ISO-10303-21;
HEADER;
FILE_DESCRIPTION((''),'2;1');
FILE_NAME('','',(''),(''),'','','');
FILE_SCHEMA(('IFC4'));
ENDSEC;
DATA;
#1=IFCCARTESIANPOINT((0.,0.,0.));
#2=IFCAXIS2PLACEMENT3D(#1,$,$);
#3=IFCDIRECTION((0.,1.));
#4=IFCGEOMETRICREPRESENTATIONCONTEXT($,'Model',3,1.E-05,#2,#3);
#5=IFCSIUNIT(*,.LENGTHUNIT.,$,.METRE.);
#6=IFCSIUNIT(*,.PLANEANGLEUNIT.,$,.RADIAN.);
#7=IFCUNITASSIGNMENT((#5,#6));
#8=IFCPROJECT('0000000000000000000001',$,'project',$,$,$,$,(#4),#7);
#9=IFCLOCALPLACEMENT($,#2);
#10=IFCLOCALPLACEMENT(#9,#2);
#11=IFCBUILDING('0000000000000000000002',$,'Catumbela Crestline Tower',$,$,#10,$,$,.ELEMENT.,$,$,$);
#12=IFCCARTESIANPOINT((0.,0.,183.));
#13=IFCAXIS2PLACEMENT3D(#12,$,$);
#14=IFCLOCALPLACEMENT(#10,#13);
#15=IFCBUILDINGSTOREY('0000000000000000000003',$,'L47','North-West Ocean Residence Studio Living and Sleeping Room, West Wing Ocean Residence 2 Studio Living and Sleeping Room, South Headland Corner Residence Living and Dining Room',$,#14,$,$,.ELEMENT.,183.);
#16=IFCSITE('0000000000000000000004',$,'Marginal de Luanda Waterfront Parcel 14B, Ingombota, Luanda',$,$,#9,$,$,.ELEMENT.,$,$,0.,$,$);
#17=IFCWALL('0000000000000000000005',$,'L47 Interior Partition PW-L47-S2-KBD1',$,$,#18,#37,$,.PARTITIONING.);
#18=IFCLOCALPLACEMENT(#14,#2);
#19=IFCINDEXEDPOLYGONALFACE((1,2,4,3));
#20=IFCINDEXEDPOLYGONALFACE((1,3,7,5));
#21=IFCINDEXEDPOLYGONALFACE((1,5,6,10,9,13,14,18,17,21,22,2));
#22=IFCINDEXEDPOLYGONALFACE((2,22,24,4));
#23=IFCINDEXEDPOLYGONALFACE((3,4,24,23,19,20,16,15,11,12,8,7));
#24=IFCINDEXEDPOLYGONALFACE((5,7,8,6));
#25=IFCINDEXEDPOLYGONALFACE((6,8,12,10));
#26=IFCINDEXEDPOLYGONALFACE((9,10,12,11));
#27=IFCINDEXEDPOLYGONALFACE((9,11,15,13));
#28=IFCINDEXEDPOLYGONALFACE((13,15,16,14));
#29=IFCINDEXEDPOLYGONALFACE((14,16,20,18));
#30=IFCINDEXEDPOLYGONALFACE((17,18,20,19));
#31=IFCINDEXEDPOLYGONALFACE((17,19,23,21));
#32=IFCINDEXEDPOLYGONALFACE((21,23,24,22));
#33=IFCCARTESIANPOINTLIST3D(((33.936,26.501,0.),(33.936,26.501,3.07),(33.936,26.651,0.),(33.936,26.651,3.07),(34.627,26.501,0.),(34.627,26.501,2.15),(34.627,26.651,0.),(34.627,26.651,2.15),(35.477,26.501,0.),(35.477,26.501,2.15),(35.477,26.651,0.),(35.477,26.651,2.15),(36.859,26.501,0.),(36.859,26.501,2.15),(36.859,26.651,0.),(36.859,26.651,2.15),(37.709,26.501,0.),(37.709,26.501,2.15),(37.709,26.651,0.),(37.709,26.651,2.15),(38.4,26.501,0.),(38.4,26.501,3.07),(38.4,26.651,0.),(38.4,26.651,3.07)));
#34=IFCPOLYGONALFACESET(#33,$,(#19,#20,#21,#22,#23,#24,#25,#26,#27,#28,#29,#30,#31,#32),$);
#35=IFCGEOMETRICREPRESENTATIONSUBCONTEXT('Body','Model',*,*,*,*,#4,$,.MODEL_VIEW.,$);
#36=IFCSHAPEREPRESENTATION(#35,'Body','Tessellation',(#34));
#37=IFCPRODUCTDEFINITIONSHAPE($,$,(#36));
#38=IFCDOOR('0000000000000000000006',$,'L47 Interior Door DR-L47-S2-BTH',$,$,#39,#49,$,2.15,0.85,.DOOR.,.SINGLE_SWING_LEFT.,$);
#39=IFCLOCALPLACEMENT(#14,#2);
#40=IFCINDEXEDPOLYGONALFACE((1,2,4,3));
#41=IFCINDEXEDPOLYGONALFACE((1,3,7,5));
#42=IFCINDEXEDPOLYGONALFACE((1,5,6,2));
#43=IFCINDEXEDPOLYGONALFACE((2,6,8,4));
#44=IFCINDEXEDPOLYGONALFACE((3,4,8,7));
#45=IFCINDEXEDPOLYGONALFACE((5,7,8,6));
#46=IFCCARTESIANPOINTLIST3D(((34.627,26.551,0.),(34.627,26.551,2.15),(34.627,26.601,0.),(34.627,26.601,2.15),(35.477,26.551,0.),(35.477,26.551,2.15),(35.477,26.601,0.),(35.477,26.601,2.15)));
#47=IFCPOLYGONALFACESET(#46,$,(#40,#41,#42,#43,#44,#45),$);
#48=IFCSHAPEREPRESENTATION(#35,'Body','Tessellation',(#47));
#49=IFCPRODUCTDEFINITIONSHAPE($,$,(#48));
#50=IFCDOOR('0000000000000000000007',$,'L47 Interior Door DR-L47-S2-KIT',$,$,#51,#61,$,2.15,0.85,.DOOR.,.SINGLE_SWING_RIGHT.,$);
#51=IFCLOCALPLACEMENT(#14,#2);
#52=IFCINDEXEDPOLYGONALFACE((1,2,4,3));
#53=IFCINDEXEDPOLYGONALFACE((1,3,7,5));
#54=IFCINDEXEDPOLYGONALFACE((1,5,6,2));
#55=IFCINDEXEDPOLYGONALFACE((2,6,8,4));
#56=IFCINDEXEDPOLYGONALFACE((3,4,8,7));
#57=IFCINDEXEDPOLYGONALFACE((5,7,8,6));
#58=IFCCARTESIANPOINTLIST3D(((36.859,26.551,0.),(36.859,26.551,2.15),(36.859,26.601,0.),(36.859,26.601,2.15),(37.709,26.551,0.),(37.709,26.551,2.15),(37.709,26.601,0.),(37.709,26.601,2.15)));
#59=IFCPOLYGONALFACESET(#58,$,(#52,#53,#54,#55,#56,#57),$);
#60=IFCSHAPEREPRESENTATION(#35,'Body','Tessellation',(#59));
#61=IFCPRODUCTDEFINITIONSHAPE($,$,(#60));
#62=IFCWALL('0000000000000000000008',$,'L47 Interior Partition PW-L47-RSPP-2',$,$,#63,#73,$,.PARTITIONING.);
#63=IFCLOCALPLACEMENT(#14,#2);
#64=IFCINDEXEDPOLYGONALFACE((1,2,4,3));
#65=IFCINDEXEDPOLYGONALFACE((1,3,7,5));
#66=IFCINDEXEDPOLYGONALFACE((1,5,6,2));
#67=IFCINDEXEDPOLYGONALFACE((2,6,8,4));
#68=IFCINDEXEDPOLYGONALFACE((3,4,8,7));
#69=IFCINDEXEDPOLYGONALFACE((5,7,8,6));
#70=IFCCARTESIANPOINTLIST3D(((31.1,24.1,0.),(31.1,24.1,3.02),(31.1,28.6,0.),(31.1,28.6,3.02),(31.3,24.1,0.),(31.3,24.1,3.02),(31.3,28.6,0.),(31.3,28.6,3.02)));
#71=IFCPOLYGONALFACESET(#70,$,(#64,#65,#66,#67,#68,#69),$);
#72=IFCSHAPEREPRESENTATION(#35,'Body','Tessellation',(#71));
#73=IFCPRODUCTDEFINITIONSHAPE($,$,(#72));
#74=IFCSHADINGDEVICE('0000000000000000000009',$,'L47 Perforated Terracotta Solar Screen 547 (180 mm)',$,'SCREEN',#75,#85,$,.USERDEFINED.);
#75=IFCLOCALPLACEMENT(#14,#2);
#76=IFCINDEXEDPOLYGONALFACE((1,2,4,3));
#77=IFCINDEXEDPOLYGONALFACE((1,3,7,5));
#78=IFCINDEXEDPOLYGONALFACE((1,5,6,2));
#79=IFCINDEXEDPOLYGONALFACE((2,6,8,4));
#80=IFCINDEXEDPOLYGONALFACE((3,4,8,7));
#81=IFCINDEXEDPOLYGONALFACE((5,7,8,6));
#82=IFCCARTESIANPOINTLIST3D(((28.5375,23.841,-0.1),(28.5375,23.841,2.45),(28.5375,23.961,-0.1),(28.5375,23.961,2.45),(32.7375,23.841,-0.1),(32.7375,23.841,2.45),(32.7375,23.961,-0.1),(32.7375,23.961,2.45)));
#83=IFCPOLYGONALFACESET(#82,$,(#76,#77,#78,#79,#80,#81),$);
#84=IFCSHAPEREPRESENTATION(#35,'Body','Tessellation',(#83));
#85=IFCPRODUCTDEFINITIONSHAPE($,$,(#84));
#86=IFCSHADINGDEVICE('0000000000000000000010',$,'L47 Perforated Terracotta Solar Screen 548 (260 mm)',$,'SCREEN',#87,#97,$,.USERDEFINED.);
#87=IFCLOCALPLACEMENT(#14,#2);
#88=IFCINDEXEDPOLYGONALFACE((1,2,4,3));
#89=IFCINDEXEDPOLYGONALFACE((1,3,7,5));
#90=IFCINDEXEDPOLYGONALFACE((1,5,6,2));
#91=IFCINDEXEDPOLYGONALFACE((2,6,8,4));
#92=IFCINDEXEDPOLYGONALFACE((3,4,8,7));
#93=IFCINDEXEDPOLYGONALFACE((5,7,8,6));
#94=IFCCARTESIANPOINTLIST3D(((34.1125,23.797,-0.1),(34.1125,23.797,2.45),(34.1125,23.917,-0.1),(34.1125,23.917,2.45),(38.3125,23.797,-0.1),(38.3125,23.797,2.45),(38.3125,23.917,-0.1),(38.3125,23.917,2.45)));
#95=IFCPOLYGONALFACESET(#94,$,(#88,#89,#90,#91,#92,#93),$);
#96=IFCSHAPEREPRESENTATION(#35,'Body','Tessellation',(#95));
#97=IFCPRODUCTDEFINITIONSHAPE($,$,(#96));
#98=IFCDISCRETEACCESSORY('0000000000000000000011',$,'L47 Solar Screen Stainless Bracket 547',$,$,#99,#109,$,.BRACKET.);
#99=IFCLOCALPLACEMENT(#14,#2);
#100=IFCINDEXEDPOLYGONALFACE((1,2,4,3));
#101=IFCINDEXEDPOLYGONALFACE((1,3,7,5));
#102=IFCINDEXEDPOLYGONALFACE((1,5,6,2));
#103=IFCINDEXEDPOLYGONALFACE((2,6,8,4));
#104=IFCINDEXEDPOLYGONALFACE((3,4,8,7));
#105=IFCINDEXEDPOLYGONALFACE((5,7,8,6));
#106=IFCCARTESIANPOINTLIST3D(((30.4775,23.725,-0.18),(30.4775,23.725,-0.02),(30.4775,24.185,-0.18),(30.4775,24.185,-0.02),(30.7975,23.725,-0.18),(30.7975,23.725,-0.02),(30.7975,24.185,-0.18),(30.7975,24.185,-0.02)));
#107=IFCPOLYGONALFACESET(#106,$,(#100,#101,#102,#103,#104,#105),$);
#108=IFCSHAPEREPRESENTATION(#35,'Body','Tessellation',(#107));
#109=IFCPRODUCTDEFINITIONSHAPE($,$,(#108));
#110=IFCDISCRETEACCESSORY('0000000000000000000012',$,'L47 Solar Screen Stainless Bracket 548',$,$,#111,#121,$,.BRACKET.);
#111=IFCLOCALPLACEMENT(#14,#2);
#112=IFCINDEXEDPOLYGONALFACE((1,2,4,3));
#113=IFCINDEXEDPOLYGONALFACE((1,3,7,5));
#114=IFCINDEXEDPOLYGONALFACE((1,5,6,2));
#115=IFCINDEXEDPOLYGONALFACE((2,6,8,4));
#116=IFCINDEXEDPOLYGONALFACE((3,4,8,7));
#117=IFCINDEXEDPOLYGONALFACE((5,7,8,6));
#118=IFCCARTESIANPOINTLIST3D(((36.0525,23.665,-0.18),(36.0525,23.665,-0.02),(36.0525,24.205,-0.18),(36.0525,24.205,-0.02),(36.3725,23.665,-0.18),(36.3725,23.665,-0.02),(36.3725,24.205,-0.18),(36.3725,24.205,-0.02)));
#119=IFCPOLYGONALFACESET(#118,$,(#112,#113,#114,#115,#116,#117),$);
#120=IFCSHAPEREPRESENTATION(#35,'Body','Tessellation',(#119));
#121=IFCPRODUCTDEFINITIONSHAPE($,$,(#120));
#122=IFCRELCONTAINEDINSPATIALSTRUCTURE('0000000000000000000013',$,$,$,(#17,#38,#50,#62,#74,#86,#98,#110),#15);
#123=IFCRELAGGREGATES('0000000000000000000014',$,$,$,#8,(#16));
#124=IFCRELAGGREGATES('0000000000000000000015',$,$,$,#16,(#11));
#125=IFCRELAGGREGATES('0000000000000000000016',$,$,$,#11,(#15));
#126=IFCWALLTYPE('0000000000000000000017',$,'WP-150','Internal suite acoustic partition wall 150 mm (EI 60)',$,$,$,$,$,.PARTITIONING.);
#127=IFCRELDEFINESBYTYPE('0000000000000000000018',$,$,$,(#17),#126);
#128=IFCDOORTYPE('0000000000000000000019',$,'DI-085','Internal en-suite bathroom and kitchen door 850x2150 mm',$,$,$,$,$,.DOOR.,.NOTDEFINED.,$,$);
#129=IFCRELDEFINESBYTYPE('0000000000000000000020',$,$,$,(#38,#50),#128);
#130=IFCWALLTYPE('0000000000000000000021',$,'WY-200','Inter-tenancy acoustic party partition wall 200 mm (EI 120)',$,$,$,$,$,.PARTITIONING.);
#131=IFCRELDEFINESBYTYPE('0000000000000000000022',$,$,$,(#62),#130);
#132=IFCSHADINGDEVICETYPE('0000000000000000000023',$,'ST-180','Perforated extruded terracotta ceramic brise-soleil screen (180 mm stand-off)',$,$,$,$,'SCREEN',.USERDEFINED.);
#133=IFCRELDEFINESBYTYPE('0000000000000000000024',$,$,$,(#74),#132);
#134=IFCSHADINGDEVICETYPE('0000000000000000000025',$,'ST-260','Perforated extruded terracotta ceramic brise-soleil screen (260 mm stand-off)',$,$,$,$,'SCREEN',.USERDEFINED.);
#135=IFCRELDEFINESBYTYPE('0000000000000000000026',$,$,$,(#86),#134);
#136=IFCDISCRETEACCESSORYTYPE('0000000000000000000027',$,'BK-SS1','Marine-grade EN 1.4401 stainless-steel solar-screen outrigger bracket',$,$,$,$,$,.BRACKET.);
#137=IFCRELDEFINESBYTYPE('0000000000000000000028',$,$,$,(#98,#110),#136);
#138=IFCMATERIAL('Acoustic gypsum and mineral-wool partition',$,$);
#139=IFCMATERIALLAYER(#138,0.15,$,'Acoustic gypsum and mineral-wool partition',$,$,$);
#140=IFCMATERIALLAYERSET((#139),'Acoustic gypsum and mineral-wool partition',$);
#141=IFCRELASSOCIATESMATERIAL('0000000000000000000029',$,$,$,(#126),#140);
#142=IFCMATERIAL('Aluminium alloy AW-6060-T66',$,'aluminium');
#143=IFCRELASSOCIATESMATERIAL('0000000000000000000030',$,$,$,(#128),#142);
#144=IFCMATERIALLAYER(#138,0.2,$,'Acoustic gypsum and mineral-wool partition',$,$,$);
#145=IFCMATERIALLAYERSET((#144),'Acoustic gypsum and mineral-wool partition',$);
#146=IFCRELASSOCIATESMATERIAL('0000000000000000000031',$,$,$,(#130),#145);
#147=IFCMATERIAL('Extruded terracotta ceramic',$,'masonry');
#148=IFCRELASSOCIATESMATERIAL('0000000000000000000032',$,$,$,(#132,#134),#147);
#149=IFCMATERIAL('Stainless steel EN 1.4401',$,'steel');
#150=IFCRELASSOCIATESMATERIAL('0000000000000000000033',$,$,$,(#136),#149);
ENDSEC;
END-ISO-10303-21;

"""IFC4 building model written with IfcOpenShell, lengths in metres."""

from ifc_helpers import new_model, si_unit, direction, frame, frame_2d, origin, origin_2d, place, context, subcontext, project, spatial, rectangle, extrude, material, layer, layer_set, type_object, element, fill, save


model = new_model("IFC4")

# Units and contexts
model_context = context("Model", 3, precision=1e-05, world=origin(), true_north=direction((0.0, 1.0)))
body_context = subcontext(model_context, "Body", "Model", "MODEL_VIEW")
ifc_project = project(units=[si_unit("LENGTHUNIT", "METRE"), si_unit("PLANEANGLEUNIT", "RADIAN")], contexts=[model_context])

# Site, building, storey
site_placement = place(None, origin())
site = spatial("IfcSite", under=ifc_project, at=site_placement, Name="Marginal de Luanda Waterfront Parcel 14B, Ingombota, Luanda", CompositionType="ELEMENT", RefElevation=0.0)
building_placement = place(site_placement, origin())
building = spatial("IfcBuilding", under=site, at=building_placement, Name="Catumbela Crestline Tower", CompositionType="ELEMENT")
storey_placement = place(building_placement, frame((0.0, 0.0, 183.0)))
storey = spatial("IfcBuildingStorey", under=building, at=storey_placement, Name="L47", Description="North-West Ocean Residence Studio Living and Sleeping Room, West Wing Ocean Residence 2 Studio Living and Sleeping Room, South Headland Corner Residence Living and Dining Room", CompositionType="ELEMENT", Elevation=183.0)

# Shared definitions
ifc_material_1 = material(Name="Aluminium alloy AW-6060-T66", Category="aluminium")

# Shared definitions
ifc_material_2 = material(Name="Acoustic gypsum and mineral-wool partition")
ifc_layer_1 = layer(ifc_material_2, 0.15, Name="Acoustic gypsum and mineral-wool partition")
ifc_layer_set_1 = layer_set([ifc_layer_1], Name="Acoustic gypsum and mineral-wool partition")
wall_type_1 = type_object("IfcWallType", Name="WP-150", Description="Internal suite acoustic partition wall 150 mm (EI 60)", PredefinedType="PARTITIONING", material=ifc_layer_set_1)

# Wall, openings, doors
wall_1_placement = place(storey_placement, frame((33.936, 26.576, 0.0), z_axis=(0.0, 0.0, 1.0), x_axis=(1.0, 0.0, 0.0)))
wall_1 = element("IfcWall", 1, at=wall_1_placement, inside=storey, type_object=wall_type_1, Name="L47 Interior Partition PW-L47-S2-KBD1", PredefinedType="PARTITIONING", context=body_context, shape_type="SweptSolid", body=[
    extrude(rectangle(XDim=4.464, YDim=0.15, at=frame_2d((2.232, 0.0))), origin(), (0.0, 0.0, 1.0), 3.07),
])
opening_1_placement = place(wall_1_placement, frame((0.691, 0.0, 0.0)))
opening_1 = element("IfcOpeningElement", 2, at=opening_1_placement, cuts=wall_1, PredefinedType="OPENING", context=body_context, shape_type="SweptSolid", body=[
    extrude(rectangle(XDim=0.85, YDim=2.15, at=frame_2d((0.425, 1.075))), frame((0.0, 0.085, 0.0), z_axis=(0.0, -1.0, 0.0), x_axis=(1.0, 0.0, 0.0)), (0.0, 0.0, 1.0), 0.17),
])
opening_2_placement = place(wall_1_placement, frame((2.923, 0.0, 0.0)))
opening_2 = element("IfcOpeningElement", 3, at=opening_2_placement, cuts=wall_1, PredefinedType="OPENING", context=body_context, shape_type="SweptSolid", body=[
    extrude(rectangle(XDim=0.85, YDim=2.15, at=frame_2d((0.425, 1.075))), frame((0.0, 0.085, 0.0), z_axis=(0.0, -1.0, 0.0), x_axis=(1.0, 0.0, 0.0)), (0.0, 0.0, 1.0), 0.17),
])
door_type = type_object("IfcDoorType", Name="DI-085", Description="Internal en-suite bathroom and kitchen door 850x2150 mm", OperationType="NOTDEFINED", PredefinedType="DOOR", material=ifc_material_1)
door_1_placement = place(opening_1_placement, origin())
door_1 = element("IfcDoor", 4, at=door_1_placement, inside=storey, type_object=door_type, Name="L47 Interior Door DR-L47-S2-BTH", OperationType="SINGLE_SWING_LEFT", OverallHeight=2.15, OverallWidth=0.85, PredefinedType="DOOR", context=body_context, shape_type="SweptSolid", body=[
    extrude(rectangle(XDim=0.85, YDim=2.15, at=frame_2d((0.425, 1.075))), frame((0.0, 0.025, 0.0), z_axis=(0.0, -1.0, 0.0), x_axis=(1.0, 0.0, 0.0)), (0.0, 0.0, 1.0), 0.05),
])
fill(opening_1, door_1)
door_2_placement = place(opening_2_placement, origin())
door_2 = element("IfcDoor", 5, at=door_2_placement, inside=storey, type_object=door_type, Name="L47 Interior Door DR-L47-S2-KIT", OperationType="SINGLE_SWING_RIGHT", OverallHeight=2.15, OverallWidth=0.85, PredefinedType="DOOR", context=body_context, shape_type="SweptSolid", body=[
    extrude(rectangle(XDim=0.85, YDim=2.15, at=frame_2d((0.425, 1.075))), frame((0.0, 0.025, 0.0), z_axis=(0.0, -1.0, 0.0), x_axis=(1.0, 0.0, 0.0)), (0.0, 0.0, 1.0), 0.05),
])
fill(opening_2, door_2)

# Wall
ifc_layer_2 = layer(ifc_material_2, 0.2, Name="Acoustic gypsum and mineral-wool partition")
ifc_layer_set_2 = layer_set([ifc_layer_2], Name="Acoustic gypsum and mineral-wool partition")
wall_type_2 = type_object("IfcWallType", Name="WY-200", Description="Inter-tenancy acoustic party partition wall 200 mm (EI 120)", PredefinedType="PARTITIONING", material=ifc_layer_set_2)
wall_2_placement = place(storey_placement, frame((31.2, 24.1, 0.0), z_axis=(0.0, 0.0, 1.0), x_axis=(0.0, 1.0, 0.0)))
element("IfcWall", 6, at=wall_2_placement, inside=storey, type_object=wall_type_2, Name="L47 Interior Partition PW-L47-RSPP-2", PredefinedType="PARTITIONING", context=body_context, shape_type="SweptSolid", body=[
    extrude(rectangle(XDim=4.5, YDim=0.2, at=frame_2d((2.25, 0.0))), origin(), (0.0, 0.0, 1.0), 3.02),
])

# Shading devices
ifc_material_3 = material(Name="Extruded terracotta ceramic", Category="masonry")
shading_device_type_1 = type_object("IfcShadingDeviceType", Name="ST-180", Description="Perforated extruded terracotta ceramic brise-soleil screen (180 mm stand-off)", ElementType="SCREEN", PredefinedType="USERDEFINED", material=ifc_material_3)
shading_device_1_placement = place(storey_placement, frame((30.6375, 23.901, -0.1), z_axis=(0.0, 0.0, 1.0), x_axis=(1.0, 0.0, 0.0)))
element("IfcShadingDevice", 7, at=shading_device_1_placement, inside=storey, type_object=shading_device_type_1, Name="L47 Perforated Terracotta Solar Screen 547 (180 mm)", ObjectType="SCREEN", PredefinedType="USERDEFINED", context=body_context, shape_type="SweptSolid", body=[
    extrude(rectangle(XDim=4.2, YDim=0.12, at=origin_2d()), origin(), (0.0, 0.0, 1.0), 2.55),
])
shading_device_type_2 = type_object("IfcShadingDeviceType", Name="ST-260", Description="Perforated extruded terracotta ceramic brise-soleil screen (260 mm stand-off)", ElementType="SCREEN", PredefinedType="USERDEFINED", material=ifc_material_3)
shading_device_2_placement = place(storey_placement, frame((36.2125, 23.857, -0.1), z_axis=(0.0, 0.0, 1.0), x_axis=(1.0, 0.0, 0.0)))
element("IfcShadingDevice", 8, at=shading_device_2_placement, inside=storey, type_object=shading_device_type_2, Name="L47 Perforated Terracotta Solar Screen 548 (260 mm)", ObjectType="SCREEN", PredefinedType="USERDEFINED", context=body_context, shape_type="SweptSolid", body=[
    extrude(rectangle(XDim=4.2, YDim=0.12, at=origin_2d()), origin(), (0.0, 0.0, 1.0), 2.55),
])

# Discrete accessories
ifc_material_4 = material(Name="Stainless steel EN 1.4401", Category="steel")
discrete_accessory_type = type_object("IfcDiscreteAccessoryType", Name="BK-SS1", Description="Marine-grade EN 1.4401 stainless-steel solar-screen outrigger bracket", PredefinedType="BRACKET", material=ifc_material_4)
discrete_accessory_1_placement = place(storey_placement, frame((30.6375, 23.955, -0.18), z_axis=(0.0, 0.0, 1.0), x_axis=(1.0, 0.0, 0.0)))
element("IfcDiscreteAccessory", 9, at=discrete_accessory_1_placement, inside=storey, type_object=discrete_accessory_type, Name="L47 Solar Screen Stainless Bracket 547", PredefinedType="BRACKET", context=body_context, shape_type="SweptSolid", body=[
    extrude(rectangle(XDim=0.32, YDim=0.46, at=origin_2d()), origin(), (0.0, 0.0, 1.0), 0.16),
])
discrete_accessory_2_placement = place(storey_placement, frame((36.2125, 23.935, -0.18), z_axis=(0.0, 0.0, 1.0), x_axis=(1.0, 0.0, 0.0)))
element("IfcDiscreteAccessory", 10, at=discrete_accessory_2_placement, inside=storey, type_object=discrete_accessory_type, Name="L47 Solar Screen Stainless Bracket 548", PredefinedType="BRACKET", context=body_context, shape_type="SweptSolid", body=[
    extrude(rectangle(XDim=0.32, YDim=0.54, at=origin_2d()), origin(), (0.0, 0.0, 1.0), 0.16),
])

save(model, "model.ifc")
